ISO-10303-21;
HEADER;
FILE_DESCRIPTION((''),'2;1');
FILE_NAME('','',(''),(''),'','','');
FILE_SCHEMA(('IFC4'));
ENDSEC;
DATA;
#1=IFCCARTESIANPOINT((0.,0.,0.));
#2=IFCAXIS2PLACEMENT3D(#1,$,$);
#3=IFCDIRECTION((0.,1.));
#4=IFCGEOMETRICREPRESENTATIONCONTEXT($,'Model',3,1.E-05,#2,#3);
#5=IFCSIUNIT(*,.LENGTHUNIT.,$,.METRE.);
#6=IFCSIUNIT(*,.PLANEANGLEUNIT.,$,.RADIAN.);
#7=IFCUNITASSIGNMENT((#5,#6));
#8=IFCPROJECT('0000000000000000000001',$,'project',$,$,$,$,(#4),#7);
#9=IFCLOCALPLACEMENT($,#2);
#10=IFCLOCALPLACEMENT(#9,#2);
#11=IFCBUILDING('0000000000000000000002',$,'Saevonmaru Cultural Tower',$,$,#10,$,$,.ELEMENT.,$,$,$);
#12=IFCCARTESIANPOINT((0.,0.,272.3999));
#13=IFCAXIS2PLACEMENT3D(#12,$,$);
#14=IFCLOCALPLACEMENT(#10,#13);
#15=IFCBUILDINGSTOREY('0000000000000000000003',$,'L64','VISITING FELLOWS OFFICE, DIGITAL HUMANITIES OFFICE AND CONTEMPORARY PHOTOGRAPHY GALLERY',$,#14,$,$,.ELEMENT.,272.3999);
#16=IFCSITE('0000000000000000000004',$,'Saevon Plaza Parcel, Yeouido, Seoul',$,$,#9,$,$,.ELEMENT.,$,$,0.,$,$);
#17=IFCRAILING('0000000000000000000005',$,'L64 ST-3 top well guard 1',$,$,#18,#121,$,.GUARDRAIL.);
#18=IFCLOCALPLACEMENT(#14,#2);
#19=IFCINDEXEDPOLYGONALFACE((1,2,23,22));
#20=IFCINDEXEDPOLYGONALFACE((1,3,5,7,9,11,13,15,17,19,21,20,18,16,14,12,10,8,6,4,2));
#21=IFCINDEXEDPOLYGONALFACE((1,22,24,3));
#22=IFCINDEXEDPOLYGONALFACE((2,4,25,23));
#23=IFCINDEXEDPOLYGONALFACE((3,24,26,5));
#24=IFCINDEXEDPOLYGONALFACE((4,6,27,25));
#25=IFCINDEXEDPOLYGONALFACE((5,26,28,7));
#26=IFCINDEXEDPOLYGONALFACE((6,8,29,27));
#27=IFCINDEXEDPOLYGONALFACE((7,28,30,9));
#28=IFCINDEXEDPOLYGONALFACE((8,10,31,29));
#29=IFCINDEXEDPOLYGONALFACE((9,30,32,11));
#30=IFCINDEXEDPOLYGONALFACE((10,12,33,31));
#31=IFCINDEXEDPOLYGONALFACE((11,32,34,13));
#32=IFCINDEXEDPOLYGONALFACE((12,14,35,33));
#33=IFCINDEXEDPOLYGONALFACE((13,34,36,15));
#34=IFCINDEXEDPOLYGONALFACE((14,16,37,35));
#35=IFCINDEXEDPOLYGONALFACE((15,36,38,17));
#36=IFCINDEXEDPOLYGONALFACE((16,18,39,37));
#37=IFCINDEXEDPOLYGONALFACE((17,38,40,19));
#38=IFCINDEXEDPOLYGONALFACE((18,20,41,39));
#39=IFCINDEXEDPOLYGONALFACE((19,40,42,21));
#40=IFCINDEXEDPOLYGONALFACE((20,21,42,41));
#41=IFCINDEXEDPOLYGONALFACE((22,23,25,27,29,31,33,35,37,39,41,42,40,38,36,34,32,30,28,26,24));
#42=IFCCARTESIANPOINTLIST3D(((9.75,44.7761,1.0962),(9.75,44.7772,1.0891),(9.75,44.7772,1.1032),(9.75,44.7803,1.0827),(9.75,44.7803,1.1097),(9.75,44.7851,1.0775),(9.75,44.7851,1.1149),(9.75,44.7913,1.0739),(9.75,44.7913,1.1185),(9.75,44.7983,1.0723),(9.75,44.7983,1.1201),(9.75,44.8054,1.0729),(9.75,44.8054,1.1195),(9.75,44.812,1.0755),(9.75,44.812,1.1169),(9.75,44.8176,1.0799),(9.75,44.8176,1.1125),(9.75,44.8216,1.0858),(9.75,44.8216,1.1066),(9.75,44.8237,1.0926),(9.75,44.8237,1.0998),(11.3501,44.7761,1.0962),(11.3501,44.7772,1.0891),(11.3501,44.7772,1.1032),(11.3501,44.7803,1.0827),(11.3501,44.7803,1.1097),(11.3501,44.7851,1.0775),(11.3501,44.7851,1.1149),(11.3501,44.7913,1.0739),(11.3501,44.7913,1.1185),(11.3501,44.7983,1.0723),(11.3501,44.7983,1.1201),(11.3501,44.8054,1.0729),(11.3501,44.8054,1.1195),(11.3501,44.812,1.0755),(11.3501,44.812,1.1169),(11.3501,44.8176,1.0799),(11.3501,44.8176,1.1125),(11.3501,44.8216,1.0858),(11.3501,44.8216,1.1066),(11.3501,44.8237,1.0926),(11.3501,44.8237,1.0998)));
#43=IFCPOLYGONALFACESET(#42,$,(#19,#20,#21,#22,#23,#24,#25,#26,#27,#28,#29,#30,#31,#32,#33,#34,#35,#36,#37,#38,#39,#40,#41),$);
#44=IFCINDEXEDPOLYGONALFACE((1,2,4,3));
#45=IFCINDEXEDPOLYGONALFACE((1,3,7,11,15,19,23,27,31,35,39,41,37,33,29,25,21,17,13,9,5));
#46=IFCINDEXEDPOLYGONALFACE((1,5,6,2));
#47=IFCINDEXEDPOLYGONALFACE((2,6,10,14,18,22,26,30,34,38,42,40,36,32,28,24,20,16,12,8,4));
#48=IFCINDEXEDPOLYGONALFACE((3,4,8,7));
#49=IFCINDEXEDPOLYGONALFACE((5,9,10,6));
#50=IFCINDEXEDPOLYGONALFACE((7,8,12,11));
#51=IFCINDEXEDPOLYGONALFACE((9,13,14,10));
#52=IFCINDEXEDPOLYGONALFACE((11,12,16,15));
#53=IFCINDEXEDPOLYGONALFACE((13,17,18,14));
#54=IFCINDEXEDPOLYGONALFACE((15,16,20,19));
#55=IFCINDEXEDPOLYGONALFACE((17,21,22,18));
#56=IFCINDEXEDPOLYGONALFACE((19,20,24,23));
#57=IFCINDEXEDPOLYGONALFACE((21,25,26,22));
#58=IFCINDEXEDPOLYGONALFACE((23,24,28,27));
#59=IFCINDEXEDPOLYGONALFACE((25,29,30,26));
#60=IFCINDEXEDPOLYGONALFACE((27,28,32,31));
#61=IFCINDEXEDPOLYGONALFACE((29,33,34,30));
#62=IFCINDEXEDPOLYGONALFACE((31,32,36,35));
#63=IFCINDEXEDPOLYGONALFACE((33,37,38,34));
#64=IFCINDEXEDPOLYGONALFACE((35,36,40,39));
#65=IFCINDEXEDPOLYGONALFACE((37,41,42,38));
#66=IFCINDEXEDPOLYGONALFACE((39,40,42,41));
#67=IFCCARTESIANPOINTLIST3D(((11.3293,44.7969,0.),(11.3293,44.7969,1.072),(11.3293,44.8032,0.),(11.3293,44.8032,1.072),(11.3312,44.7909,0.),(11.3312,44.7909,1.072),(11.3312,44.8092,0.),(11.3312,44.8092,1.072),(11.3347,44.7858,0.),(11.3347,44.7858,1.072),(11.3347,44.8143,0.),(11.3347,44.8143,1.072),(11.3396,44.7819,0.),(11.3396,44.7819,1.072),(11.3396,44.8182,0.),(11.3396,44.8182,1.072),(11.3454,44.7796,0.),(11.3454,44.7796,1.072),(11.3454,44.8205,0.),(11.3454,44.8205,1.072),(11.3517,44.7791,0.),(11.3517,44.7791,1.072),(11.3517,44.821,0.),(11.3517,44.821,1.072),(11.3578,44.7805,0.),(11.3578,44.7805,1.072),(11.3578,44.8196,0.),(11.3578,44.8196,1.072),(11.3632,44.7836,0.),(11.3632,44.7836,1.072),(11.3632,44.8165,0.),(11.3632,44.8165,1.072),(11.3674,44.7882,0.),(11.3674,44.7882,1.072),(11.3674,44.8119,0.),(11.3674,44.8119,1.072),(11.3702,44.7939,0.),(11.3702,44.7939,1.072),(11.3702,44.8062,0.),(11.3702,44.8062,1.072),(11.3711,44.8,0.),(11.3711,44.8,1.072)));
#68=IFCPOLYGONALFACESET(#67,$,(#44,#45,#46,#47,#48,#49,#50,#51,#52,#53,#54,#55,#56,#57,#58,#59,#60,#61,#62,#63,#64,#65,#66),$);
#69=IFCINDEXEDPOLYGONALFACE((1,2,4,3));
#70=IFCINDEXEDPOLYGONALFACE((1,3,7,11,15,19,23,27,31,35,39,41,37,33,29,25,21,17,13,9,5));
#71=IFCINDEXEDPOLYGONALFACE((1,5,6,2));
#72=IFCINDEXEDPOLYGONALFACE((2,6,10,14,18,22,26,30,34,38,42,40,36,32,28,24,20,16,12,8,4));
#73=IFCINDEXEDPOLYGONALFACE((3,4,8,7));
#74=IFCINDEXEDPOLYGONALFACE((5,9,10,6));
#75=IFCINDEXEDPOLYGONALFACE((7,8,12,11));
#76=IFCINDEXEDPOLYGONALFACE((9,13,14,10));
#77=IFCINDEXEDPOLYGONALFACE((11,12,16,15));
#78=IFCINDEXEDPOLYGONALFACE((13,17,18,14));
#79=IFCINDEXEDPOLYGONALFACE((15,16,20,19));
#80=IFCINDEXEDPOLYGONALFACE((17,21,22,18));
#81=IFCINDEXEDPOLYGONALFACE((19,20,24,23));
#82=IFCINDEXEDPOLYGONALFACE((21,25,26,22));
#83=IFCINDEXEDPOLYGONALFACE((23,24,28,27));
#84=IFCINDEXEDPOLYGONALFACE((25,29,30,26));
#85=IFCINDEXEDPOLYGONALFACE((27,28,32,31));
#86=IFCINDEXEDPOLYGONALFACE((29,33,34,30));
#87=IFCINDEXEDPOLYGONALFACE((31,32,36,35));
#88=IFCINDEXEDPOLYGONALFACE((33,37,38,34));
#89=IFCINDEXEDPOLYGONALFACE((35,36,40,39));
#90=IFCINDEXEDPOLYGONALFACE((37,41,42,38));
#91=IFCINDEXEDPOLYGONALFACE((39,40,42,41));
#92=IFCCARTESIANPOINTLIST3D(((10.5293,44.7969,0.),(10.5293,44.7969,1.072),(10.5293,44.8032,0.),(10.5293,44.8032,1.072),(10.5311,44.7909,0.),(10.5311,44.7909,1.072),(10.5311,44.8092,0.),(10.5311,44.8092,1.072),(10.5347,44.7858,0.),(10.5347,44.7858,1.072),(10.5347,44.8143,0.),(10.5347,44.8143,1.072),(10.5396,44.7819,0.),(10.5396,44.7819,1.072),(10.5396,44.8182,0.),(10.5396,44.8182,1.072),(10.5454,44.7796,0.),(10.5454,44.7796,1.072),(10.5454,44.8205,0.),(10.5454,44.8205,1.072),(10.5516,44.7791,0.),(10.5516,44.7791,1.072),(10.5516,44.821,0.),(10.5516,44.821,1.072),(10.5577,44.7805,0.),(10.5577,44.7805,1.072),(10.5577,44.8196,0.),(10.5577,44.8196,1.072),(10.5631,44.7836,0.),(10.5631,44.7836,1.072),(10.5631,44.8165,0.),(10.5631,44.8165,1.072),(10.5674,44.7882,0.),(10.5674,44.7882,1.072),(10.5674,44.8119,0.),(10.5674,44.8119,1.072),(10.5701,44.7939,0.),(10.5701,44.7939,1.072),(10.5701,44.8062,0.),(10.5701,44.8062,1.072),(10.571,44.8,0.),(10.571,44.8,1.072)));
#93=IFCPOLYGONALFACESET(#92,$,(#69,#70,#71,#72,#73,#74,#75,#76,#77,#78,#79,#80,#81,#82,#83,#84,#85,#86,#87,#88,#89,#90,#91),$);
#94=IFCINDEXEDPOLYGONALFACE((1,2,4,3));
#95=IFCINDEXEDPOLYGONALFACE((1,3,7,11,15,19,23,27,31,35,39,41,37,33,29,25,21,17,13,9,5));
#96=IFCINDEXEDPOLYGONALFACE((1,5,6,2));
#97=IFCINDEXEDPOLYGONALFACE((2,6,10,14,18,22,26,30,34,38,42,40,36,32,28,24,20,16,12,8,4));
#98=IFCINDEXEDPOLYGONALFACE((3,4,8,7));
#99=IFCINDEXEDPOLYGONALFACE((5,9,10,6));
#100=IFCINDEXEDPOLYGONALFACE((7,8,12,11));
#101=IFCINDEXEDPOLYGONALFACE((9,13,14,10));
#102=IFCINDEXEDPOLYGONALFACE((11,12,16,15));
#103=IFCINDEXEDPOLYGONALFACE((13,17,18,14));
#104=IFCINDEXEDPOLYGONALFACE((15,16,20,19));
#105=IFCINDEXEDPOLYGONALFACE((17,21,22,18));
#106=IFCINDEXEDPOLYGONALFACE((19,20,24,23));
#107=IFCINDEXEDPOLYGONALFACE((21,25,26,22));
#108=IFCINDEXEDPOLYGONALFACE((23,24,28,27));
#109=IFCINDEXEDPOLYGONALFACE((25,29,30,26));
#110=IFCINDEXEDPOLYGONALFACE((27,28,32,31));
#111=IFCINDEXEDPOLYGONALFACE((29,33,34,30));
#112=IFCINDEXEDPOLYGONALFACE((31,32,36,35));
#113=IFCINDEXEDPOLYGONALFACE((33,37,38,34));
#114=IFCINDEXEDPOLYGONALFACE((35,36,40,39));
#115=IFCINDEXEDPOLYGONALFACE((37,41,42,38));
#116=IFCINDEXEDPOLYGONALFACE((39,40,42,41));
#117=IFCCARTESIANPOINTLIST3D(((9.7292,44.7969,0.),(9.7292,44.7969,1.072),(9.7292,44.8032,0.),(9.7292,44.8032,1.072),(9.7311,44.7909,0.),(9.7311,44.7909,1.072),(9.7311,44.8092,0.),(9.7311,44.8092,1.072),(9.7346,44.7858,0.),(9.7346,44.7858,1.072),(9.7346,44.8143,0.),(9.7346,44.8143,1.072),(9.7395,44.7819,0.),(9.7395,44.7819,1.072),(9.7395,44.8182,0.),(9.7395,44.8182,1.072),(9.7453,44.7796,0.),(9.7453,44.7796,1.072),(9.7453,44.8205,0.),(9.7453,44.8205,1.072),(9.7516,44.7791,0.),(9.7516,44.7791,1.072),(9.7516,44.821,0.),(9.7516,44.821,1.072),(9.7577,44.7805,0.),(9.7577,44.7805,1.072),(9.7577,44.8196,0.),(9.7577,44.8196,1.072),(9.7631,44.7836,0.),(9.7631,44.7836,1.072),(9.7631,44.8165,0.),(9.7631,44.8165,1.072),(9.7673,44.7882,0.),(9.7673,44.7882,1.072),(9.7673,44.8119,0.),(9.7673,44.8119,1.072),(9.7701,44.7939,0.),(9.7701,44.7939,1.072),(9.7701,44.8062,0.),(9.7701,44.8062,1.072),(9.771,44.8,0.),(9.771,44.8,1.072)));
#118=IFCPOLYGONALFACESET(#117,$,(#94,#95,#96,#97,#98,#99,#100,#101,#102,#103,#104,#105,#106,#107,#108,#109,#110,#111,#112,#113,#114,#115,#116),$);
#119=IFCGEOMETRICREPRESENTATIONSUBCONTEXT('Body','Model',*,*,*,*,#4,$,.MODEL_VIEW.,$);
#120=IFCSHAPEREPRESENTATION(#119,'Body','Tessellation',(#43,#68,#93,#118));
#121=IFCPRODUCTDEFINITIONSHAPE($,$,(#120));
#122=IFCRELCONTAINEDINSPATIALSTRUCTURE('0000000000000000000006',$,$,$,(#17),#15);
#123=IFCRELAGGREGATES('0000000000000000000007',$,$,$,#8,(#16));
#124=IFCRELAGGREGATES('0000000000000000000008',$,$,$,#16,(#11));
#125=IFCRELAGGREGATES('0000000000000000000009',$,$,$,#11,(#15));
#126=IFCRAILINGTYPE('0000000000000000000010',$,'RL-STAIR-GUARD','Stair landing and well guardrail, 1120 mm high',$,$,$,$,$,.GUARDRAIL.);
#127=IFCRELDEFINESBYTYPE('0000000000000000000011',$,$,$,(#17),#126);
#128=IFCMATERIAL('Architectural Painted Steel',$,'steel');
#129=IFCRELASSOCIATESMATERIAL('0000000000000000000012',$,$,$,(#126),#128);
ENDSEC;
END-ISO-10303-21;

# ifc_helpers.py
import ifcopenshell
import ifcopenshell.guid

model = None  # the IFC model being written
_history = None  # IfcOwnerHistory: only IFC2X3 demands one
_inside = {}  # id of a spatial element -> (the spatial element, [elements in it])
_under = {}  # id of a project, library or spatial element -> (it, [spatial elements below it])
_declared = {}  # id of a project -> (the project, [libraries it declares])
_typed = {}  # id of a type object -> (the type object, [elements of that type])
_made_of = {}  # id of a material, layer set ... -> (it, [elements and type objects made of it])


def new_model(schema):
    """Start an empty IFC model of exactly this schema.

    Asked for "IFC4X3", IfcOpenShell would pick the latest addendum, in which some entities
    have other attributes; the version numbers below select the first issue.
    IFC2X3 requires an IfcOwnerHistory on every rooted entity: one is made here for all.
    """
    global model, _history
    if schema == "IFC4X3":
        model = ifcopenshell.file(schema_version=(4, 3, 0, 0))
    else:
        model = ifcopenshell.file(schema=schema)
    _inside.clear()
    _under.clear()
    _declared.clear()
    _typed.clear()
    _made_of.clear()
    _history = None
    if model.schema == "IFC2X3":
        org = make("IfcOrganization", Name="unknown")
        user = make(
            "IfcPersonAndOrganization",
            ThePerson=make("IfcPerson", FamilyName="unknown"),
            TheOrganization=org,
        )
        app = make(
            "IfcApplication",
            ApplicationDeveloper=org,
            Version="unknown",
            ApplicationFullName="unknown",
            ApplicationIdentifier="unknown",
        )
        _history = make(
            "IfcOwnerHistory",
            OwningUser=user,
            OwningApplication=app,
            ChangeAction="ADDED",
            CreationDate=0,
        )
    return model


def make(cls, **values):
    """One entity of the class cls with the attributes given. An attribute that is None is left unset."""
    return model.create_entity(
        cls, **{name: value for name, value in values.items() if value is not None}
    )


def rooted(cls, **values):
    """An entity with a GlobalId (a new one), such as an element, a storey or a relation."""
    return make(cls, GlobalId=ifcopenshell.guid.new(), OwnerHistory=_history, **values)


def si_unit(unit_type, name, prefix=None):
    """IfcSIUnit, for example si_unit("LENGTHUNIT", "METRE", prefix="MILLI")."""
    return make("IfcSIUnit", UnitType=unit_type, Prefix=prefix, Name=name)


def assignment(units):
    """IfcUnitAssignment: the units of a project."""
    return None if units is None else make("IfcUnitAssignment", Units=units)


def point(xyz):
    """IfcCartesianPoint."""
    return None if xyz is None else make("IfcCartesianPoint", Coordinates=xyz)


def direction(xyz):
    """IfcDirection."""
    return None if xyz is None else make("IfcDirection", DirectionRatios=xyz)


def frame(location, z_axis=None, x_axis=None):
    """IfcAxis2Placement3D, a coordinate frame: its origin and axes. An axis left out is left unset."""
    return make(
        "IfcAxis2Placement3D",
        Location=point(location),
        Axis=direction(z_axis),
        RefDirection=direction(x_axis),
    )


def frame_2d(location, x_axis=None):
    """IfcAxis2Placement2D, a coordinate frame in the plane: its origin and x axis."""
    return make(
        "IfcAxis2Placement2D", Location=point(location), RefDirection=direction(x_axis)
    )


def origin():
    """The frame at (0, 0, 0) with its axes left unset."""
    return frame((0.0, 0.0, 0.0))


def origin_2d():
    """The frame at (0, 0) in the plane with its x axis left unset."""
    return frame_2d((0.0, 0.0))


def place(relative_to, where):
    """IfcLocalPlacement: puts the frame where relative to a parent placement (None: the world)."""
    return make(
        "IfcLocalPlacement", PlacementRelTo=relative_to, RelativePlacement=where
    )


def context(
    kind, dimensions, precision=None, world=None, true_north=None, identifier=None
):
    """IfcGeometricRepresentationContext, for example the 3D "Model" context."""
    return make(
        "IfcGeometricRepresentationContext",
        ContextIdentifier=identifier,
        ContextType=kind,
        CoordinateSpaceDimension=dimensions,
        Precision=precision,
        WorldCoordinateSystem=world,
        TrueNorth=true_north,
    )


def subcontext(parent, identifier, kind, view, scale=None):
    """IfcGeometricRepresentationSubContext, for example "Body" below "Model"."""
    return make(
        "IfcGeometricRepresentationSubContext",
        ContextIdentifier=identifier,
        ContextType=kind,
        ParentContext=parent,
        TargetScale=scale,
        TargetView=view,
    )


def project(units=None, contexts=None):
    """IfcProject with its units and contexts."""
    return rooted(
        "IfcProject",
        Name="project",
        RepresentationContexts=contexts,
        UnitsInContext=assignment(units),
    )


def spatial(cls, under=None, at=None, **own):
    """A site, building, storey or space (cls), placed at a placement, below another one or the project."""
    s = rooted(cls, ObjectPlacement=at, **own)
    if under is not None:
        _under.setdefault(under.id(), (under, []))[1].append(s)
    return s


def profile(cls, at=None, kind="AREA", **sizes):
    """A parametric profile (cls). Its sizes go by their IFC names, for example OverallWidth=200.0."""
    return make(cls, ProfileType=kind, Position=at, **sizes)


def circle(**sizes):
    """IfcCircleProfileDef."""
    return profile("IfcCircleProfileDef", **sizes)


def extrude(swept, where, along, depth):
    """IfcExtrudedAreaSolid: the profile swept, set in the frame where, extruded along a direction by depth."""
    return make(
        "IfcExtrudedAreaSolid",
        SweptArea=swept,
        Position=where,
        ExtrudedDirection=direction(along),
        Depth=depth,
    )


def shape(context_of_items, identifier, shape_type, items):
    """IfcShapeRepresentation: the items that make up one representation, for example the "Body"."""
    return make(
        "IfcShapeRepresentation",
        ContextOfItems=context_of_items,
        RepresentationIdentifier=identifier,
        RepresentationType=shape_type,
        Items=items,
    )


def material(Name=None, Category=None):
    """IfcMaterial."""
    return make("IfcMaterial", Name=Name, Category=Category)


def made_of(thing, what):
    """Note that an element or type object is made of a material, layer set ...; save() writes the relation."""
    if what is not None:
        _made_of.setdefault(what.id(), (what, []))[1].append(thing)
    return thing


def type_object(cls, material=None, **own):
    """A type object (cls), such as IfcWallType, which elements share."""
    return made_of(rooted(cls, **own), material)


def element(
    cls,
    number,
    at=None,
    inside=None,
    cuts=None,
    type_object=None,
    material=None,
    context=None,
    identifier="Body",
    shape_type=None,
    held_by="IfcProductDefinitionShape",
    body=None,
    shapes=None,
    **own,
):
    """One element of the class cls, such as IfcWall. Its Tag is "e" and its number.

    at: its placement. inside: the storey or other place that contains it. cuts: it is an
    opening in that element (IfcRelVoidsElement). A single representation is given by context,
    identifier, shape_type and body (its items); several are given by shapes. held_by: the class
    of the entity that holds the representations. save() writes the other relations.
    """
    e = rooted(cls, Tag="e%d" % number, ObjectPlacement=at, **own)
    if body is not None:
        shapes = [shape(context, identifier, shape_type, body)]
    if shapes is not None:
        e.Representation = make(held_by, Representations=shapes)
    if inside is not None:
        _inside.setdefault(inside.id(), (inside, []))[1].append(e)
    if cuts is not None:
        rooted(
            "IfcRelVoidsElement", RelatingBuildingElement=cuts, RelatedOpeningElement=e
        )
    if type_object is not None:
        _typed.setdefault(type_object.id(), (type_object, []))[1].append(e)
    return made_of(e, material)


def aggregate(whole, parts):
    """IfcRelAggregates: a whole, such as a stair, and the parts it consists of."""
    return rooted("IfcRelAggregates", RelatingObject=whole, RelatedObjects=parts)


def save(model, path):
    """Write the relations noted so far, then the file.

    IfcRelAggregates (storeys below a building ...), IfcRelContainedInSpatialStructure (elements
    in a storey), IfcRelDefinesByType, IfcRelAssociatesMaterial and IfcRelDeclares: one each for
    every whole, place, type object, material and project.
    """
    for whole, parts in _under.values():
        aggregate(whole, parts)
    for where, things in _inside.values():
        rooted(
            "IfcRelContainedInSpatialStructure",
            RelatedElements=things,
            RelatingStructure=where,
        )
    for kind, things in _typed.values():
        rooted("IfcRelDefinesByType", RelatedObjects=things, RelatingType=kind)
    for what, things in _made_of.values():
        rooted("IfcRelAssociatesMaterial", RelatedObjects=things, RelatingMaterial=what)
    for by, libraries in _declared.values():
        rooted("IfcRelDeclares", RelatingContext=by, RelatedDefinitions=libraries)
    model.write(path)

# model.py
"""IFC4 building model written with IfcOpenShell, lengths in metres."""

from ifc_helpers import new_model, si_unit, direction, frame, origin, origin_2d, place, context, subcontext, project, spatial, circle, extrude, material, type_object, element, save


model = new_model("IFC4")

# Units and contexts
model_context = context("Model", 3, precision=1e-05, world=origin(), true_north=direction((0.0, 1.0)))
body_context = subcontext(model_context, "Body", "Model", "MODEL_VIEW")
ifc_project = project(units=[si_unit("LENGTHUNIT", "METRE"), si_unit("PLANEANGLEUNIT", "RADIAN")], contexts=[model_context])

# Site, building, storey
site_placement = place(None, origin())
site = spatial("IfcSite", under=ifc_project, at=site_placement, Name="Saevon Plaza Parcel, Yeouido, Seoul", CompositionType="ELEMENT", RefElevation=0.0)
building_placement = place(site_placement, origin())
building = spatial("IfcBuilding", under=site, at=building_placement, Name="Saevonmaru Cultural Tower", CompositionType="ELEMENT")
storey_placement = place(building_placement, frame((0.0, 0.0, 272.3999)))
storey = spatial("IfcBuildingStorey", under=building, at=storey_placement, Name="L64", Description="VISITING FELLOWS OFFICE, DIGITAL HUMANITIES OFFICE AND CONTEMPORARY PHOTOGRAPHY GALLERY", CompositionType="ELEMENT", Elevation=272.3999)

# Railing
ifc_material_1 = material(Name="Architectural Painted Steel", Category="steel")
railing_type = type_object("IfcRailingType", Name="RL-STAIR-GUARD", Description="Stair landing and well guardrail, 1120 mm high", PredefinedType="GUARDRAIL", material=ifc_material_1)
railing_placement = place(storey_placement, frame((11.3501, 44.8, 0.0)))
element("IfcRailing", 1, at=railing_placement, inside=storey, type_object=railing_type, Name="L64 ST-3 top well guard 1", PredefinedType="GUARDRAIL", context=body_context, shape_type="SweptSolid", body=[
    extrude(circle(Radius=0.0239, at=origin_2d()), frame((0.0, 0.0, 1.0962), z_axis=(-1.0, 0.0, 0.0), x_axis=(0.0, -1.0, 0.0)), (0.0, 0.0, 1.0), 1.6001),
    extrude(circle(Radius=0.021, at=origin_2d()), origin(), (0.0, 0.0, 1.0), 1.072),
    extrude(circle(Radius=0.021, at=origin_2d()), frame((-0.8, 0.0, 0.0)), (0.0, 0.0, 1.0), 1.072),
    extrude(circle(Radius=0.021, at=origin_2d()), frame((-1.6001, 0.0, 0.0)), (0.0, 0.0, 1.0), 1.072),
])

save(model, "model.ifc")
